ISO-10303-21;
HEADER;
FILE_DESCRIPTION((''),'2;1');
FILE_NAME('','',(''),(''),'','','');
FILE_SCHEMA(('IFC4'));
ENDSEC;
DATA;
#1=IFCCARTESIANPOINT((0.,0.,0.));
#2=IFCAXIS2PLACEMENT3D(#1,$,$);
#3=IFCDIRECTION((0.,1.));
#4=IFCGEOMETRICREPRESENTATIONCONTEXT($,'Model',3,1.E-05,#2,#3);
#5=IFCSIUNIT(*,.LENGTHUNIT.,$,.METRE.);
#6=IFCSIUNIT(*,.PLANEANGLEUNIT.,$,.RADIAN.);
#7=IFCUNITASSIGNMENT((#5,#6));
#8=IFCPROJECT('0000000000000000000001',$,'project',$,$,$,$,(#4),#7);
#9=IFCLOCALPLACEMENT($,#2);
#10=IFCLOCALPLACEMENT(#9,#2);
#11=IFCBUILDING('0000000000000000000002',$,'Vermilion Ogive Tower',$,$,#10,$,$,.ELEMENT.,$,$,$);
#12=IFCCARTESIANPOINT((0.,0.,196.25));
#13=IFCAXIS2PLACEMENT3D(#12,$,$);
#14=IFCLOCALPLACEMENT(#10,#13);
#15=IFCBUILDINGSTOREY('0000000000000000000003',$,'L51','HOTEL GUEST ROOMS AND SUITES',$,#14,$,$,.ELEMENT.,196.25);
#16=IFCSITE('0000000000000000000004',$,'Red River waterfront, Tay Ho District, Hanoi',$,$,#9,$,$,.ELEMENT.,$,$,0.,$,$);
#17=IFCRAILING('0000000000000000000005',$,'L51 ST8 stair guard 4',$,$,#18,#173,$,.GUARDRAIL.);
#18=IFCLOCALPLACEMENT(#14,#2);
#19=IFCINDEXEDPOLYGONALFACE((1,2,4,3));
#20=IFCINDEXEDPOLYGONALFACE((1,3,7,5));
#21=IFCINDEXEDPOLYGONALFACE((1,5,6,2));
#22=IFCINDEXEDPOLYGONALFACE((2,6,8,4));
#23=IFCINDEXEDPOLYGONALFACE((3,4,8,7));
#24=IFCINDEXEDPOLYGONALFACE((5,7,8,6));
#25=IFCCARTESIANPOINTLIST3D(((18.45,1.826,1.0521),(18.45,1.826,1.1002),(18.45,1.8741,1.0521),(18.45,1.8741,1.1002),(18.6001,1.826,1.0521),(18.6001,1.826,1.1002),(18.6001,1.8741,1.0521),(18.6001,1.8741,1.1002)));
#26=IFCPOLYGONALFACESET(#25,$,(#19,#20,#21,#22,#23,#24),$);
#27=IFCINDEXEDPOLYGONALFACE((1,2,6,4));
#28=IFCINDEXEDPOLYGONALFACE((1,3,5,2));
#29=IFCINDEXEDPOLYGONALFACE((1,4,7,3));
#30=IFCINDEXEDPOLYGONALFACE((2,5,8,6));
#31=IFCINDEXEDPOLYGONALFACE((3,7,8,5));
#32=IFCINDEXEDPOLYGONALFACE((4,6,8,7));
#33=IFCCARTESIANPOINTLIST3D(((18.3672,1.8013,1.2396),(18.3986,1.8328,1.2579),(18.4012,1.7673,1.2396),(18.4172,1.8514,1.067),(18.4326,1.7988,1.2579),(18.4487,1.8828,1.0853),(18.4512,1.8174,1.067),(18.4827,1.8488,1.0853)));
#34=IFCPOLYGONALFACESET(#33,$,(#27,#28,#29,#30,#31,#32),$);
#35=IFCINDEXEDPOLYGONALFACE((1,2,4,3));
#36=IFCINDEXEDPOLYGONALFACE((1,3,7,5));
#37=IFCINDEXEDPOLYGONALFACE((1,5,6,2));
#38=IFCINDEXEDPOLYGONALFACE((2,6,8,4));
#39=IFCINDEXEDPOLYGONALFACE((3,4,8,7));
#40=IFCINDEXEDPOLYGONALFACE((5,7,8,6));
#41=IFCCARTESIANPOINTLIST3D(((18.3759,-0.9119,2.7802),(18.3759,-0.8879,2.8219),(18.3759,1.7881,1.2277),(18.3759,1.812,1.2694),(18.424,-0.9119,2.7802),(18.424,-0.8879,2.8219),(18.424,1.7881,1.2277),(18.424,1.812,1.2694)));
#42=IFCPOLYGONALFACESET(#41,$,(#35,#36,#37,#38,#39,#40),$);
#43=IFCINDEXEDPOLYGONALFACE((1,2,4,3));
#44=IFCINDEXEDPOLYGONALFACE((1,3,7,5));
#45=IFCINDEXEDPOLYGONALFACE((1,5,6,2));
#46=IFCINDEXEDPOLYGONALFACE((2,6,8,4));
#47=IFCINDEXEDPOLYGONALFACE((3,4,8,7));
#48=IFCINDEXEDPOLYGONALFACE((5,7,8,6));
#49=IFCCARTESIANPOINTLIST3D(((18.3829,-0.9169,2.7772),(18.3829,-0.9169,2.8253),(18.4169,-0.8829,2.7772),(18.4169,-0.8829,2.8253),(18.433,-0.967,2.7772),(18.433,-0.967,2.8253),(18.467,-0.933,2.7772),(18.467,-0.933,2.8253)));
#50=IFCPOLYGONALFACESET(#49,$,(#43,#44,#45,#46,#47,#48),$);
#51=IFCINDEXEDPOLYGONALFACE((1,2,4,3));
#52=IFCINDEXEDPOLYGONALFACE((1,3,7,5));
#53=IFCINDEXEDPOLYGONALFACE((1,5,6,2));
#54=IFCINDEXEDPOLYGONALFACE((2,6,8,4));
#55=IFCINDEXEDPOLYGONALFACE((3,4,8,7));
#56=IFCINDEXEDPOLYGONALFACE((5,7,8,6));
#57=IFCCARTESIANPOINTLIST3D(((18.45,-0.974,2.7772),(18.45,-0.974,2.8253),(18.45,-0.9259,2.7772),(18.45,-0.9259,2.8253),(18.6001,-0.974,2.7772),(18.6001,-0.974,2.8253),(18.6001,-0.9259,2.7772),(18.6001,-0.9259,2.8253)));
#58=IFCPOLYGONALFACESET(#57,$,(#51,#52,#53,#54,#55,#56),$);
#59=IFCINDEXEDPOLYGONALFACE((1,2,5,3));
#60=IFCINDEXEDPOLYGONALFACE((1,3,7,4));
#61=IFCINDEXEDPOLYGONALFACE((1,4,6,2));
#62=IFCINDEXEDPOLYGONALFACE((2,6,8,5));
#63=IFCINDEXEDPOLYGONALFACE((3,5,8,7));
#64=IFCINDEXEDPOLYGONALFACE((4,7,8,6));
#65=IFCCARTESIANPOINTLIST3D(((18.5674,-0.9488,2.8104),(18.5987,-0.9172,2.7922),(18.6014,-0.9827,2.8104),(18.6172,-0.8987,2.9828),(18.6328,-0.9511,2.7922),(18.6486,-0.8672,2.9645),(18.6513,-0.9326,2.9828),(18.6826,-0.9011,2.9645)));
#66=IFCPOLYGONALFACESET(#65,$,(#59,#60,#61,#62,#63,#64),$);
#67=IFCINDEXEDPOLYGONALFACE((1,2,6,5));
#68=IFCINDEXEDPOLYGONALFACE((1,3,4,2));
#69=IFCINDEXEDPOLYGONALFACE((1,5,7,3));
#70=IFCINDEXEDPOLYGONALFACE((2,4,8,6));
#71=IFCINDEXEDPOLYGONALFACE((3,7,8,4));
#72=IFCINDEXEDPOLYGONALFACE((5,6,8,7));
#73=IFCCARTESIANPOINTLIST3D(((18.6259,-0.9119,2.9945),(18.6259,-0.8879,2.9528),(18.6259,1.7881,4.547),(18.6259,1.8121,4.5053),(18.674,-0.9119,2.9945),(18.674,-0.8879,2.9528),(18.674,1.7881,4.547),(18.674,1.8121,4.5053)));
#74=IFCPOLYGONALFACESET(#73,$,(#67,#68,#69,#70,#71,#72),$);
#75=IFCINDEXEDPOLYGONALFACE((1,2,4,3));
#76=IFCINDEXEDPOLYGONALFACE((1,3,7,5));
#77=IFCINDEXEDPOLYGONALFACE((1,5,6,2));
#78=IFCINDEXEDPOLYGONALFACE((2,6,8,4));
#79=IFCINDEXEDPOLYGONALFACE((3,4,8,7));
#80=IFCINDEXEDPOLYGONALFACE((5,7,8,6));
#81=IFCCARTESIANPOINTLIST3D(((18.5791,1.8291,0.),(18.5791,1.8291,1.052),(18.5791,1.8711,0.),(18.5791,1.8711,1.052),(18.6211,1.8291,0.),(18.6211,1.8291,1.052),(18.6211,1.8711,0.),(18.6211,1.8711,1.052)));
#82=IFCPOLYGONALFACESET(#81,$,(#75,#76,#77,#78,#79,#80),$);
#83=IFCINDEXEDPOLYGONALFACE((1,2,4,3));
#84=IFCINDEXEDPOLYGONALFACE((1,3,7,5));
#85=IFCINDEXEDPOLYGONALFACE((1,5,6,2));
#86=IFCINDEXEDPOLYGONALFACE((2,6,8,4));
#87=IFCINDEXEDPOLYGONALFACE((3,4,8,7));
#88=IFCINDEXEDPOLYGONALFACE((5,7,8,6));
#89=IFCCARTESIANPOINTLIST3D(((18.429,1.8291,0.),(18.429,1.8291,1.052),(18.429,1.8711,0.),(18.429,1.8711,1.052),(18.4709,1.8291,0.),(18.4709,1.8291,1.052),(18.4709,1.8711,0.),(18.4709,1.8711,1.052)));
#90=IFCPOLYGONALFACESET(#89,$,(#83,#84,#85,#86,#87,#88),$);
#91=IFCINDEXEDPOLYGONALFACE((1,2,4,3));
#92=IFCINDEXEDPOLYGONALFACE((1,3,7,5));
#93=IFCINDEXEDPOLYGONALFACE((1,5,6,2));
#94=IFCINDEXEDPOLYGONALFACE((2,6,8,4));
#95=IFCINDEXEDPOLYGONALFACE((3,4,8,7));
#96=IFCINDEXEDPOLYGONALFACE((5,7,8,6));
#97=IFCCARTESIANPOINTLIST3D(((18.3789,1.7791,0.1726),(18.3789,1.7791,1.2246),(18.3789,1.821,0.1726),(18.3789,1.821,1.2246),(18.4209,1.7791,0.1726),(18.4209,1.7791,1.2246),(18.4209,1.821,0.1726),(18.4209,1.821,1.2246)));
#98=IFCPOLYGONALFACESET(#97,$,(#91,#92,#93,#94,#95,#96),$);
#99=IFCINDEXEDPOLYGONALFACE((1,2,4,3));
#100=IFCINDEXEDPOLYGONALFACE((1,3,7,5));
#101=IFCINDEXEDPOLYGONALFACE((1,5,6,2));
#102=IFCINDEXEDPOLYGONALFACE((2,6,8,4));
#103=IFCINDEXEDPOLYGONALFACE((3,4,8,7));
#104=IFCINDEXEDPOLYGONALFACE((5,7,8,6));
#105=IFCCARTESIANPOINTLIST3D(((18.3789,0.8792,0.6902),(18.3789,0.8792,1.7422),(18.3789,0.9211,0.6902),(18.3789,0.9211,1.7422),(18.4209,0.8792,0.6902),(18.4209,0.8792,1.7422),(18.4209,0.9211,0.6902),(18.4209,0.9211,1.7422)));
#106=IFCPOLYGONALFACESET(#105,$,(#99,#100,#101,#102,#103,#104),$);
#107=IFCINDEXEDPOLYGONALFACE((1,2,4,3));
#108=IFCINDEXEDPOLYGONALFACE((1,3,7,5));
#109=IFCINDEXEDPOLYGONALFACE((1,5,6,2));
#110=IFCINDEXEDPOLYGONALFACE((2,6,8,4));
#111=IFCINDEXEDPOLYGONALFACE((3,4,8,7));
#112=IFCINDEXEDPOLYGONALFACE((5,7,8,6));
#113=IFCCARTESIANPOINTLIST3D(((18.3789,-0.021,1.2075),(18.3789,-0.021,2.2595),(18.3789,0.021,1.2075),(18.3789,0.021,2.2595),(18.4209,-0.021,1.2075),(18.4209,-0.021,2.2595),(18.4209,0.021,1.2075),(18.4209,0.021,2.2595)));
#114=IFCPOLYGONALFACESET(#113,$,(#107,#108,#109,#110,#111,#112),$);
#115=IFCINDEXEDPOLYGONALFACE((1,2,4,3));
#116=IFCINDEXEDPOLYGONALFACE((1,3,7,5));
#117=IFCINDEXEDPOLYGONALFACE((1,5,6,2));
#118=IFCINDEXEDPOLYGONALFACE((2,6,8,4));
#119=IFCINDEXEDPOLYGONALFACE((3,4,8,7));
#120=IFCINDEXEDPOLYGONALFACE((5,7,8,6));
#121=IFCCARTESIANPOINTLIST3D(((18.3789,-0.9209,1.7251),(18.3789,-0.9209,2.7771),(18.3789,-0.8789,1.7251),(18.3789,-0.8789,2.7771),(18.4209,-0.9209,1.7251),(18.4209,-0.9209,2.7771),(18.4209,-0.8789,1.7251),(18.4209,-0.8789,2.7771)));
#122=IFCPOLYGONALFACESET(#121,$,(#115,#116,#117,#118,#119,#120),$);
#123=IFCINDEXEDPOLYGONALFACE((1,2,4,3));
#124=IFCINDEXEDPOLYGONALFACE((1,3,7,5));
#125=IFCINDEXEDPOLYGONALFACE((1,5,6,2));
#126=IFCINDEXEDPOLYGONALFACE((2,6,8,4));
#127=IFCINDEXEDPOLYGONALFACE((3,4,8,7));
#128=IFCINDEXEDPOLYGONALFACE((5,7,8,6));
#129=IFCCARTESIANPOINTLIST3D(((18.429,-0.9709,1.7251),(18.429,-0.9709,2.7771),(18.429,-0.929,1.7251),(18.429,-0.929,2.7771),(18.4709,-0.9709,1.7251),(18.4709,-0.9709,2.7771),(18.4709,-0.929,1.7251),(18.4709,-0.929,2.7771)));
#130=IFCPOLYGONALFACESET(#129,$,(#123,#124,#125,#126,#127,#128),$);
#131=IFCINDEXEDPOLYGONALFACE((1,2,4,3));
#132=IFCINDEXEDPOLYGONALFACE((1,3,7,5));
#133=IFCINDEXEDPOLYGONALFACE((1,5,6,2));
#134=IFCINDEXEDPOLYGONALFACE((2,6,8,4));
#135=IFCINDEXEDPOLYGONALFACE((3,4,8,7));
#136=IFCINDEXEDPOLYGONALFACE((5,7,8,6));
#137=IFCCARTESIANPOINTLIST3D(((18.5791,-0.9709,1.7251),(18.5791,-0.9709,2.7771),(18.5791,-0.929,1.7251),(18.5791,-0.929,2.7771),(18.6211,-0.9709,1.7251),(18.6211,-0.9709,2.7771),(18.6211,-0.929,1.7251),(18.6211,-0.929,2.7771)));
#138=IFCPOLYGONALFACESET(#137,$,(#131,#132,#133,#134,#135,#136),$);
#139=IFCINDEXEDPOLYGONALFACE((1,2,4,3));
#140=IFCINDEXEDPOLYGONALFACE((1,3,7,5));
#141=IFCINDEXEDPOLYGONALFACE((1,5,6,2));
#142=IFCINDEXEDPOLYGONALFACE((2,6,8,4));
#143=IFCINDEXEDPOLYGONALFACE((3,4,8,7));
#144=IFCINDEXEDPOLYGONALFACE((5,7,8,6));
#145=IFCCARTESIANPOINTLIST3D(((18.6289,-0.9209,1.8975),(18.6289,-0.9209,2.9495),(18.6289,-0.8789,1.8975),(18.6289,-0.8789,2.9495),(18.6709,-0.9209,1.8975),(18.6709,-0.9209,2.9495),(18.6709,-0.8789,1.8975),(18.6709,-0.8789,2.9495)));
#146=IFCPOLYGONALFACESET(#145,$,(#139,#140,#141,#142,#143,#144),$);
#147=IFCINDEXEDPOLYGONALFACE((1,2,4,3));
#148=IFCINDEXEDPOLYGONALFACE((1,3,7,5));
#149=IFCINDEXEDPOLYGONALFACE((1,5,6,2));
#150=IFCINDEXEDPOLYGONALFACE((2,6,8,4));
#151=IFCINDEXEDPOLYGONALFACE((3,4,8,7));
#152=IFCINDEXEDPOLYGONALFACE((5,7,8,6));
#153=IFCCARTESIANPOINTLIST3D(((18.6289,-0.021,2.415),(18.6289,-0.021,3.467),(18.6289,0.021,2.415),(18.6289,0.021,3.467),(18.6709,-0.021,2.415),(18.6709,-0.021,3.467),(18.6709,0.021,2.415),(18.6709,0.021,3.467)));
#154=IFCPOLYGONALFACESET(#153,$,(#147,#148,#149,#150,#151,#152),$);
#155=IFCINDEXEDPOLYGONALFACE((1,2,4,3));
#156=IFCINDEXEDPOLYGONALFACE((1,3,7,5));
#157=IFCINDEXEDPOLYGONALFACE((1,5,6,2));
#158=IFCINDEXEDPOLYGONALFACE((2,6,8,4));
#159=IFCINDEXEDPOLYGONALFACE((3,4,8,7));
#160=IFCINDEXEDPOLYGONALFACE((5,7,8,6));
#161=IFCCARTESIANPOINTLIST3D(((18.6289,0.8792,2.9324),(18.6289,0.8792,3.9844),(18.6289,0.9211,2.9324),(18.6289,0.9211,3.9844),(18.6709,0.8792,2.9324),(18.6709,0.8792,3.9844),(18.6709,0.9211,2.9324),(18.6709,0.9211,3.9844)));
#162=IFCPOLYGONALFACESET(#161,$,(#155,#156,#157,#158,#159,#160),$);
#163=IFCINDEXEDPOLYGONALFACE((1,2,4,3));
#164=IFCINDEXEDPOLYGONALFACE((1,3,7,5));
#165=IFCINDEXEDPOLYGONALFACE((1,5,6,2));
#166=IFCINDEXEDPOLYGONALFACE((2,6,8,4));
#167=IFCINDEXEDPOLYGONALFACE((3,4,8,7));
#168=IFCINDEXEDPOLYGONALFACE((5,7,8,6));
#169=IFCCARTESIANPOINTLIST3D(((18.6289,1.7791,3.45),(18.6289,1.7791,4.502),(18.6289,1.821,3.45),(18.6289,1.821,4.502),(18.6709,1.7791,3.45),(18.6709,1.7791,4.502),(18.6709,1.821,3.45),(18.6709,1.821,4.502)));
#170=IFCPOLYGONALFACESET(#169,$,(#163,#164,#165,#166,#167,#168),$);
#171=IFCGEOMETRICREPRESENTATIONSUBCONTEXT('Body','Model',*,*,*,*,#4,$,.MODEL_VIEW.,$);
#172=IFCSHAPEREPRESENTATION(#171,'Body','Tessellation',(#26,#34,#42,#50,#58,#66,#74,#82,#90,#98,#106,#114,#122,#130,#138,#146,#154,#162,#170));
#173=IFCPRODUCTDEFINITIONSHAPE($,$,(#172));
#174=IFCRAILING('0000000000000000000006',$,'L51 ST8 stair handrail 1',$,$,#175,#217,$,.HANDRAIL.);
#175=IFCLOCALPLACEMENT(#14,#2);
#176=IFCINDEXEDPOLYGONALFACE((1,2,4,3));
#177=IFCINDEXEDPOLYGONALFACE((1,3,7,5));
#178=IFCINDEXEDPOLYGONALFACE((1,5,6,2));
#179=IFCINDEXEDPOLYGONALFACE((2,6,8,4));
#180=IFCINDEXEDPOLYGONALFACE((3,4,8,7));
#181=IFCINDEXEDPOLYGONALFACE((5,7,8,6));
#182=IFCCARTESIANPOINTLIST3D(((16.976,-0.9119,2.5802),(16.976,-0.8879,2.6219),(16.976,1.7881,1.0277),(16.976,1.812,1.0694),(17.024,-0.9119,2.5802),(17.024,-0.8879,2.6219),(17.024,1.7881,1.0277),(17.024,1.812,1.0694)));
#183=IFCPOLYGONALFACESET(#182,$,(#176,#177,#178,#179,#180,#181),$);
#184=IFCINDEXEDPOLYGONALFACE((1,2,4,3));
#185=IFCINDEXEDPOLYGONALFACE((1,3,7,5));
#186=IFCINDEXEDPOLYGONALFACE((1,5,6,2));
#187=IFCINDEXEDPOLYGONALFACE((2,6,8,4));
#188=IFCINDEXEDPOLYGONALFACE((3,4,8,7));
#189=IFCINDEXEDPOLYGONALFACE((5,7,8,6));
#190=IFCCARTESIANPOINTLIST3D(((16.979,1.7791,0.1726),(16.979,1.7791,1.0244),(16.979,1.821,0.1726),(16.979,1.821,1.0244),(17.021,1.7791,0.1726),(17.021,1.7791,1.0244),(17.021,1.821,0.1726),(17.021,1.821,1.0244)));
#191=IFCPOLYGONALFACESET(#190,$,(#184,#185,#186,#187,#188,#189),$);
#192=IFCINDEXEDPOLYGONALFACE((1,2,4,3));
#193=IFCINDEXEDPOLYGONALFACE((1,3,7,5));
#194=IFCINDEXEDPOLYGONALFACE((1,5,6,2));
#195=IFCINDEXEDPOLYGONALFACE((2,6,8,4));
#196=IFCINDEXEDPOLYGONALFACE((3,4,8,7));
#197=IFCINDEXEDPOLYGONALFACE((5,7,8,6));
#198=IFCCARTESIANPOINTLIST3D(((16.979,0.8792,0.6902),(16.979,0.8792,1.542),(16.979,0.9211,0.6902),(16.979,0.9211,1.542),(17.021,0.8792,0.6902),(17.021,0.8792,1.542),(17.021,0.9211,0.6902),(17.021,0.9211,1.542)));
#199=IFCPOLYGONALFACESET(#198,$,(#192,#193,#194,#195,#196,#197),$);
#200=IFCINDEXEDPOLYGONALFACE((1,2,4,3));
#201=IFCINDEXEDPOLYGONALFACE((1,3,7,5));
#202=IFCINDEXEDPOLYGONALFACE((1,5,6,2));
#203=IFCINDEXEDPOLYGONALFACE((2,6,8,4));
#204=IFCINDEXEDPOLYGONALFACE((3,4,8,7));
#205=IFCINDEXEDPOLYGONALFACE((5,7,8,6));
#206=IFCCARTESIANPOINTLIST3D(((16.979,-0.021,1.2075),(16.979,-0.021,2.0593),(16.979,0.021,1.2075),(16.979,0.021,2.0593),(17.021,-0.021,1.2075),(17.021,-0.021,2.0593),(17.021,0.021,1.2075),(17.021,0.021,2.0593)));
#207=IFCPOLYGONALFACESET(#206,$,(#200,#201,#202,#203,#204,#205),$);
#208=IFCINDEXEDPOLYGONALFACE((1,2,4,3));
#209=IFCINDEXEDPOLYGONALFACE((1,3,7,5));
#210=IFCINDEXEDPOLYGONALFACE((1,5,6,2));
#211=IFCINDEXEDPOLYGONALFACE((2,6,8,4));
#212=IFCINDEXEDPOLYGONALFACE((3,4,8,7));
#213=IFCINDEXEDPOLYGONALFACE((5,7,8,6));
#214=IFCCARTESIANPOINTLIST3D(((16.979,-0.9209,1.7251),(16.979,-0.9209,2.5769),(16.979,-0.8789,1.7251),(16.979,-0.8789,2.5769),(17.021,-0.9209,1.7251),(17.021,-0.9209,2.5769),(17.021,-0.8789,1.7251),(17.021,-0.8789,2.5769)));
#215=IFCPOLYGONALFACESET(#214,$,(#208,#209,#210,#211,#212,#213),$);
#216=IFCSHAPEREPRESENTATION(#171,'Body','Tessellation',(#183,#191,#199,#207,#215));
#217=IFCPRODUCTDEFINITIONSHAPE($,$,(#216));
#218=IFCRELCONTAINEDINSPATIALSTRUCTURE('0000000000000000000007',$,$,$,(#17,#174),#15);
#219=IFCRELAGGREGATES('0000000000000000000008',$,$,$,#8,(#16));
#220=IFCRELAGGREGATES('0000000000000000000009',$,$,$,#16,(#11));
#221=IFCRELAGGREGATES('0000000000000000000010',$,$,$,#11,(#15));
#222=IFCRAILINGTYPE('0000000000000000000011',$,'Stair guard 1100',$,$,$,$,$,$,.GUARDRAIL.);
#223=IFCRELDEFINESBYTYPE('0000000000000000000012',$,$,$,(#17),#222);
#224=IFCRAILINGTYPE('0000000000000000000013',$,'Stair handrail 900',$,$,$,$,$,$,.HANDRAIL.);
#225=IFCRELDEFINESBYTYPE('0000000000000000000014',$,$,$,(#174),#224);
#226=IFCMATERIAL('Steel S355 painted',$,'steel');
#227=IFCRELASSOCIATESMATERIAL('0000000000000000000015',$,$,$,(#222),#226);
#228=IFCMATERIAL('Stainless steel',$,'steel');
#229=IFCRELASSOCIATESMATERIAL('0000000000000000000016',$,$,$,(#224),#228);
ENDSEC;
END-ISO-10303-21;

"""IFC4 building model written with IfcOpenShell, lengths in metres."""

from ifc_helpers import new_model, si_unit, direction, frame, origin, origin_2d, place, context, subcontext, project, spatial, rectangle, extrude, material, type_object, element, save


model = new_model("IFC4")

# Units and contexts
model_context = context("Model", 3, precision=1e-05, world=origin(), true_north=direction((0.0, 1.0)))
body_context = subcontext(model_context, "Body", "Model", "MODEL_VIEW")
ifc_project = project(units=[si_unit("LENGTHUNIT", "METRE"), si_unit("PLANEANGLEUNIT", "RADIAN")], contexts=[model_context])

# Site, building, storey
site_placement = place(None, origin())
site = spatial("IfcSite", under=ifc_project, at=site_placement, Name="Red River waterfront, Tay Ho District, Hanoi", CompositionType="ELEMENT", RefElevation=0.0)
building_placement = place(site_placement, origin())
building = spatial("IfcBuilding", under=site, at=building_placement, Name="Vermilion Ogive Tower", CompositionType="ELEMENT")
storey_placement = place(building_placement, frame((0.0, 0.0, 196.25)))
storey = spatial("IfcBuildingStorey", under=building, at=storey_placement, Name="L51", Description="HOTEL GUEST ROOMS AND SUITES", CompositionType="ELEMENT", Elevation=196.25)

# Railings
ifc_material_1 = material(Name="Steel S355 painted", Category="steel")
railing_type_1 = type_object("IfcRailingType", Name="Stair guard 1100", PredefinedType="GUARDRAIL", material=ifc_material_1)
railing_1_placement = place(storey_placement, frame((18.6001, 1.8501, 0.0)))
element("IfcRailing", 1, at=railing_1_placement, inside=storey, type_object=railing_type_1, Name="L51 ST8 stair guard 4", PredefinedType="GUARDRAIL", context=body_context, shape_type="SweptSolid", body=[
    extrude(rectangle(XDim=0.0481, YDim=0.0481, at=origin_2d()), frame((0.0, 0.0, 1.0762), z_axis=(-1.0, 0.0, 0.0), x_axis=(0.0, -1.0, 0.0)), (0.0, 0.0, 1.0), 0.1501),
    extrude(rectangle(XDim=0.0481, YDim=0.0481, at=origin_2d()), frame((-0.1501, 0.0, 1.0762), z_axis=(-0.268278, -0.268278, 0.925232), x_axis=(0.707107, -0.707107, 0.0)), (0.0, 0.0, 1.0), 0.1865),
    extrude(rectangle(XDim=0.0481, YDim=0.0481, at=origin_2d()), frame((-0.2002, -0.05, 1.2485), z_axis=(0.0, -0.866904, 0.498476), x_axis=(1.0, 0.0, 0.0)), (0.0, 0.0, 1.0), 3.1145),
    extrude(rectangle(XDim=0.0481, YDim=0.0481, at=origin_2d()), frame((-0.2002, -2.75, 2.8013), z_axis=(0.707107, -0.707107, 0.0), x_axis=(0.707107, 0.707107, 0.0)), (0.0, 0.0, 1.0), 0.0708),
    extrude(rectangle(XDim=0.0481, YDim=0.0481, at=origin_2d()), frame((-0.1501, -2.8, 2.8013), z_axis=(1.0, 0.0, 0.0), x_axis=(0.0, 1.0, 0.0)), (0.0, 0.0, 1.0), 0.1501),
    extrude(rectangle(XDim=0.0481, YDim=0.0481, at=origin_2d()), frame((0.0, -2.8, 2.8013), z_axis=(0.267387, 0.268698, 0.925368), x_axis=(-0.708834, 0.705376, 0.0)), (0.0, 0.0, 1.0), 0.1863),
    extrude(rectangle(XDim=0.0481, YDim=0.0481, at=origin_2d()), frame((0.0498, -2.75, 2.9736), z_axis=(0.0, 0.866904, 0.498476), x_axis=(-1.0, 0.0, 0.0)), (0.0, 0.0, 1.0), 3.1145),
    extrude(rectangle(XDim=0.042, YDim=0.042, at=origin_2d()), origin(), (0.0, 0.0, 1.0), 1.052),
    extrude(rectangle(XDim=0.042, YDim=0.042, at=origin_2d()), frame((-0.1501, 0.0, 0.0)), (0.0, 0.0, 1.0), 1.052),
    extrude(rectangle(XDim=0.042, YDim=0.042, at=origin_2d()), frame((-0.2002, -0.05, 0.1726)), (0.0, 0.0, 1.0), 1.052),
    extrude(rectangle(XDim=0.042, YDim=0.042, at=origin_2d()), frame((-0.2002, -0.95, 0.6902)), (0.0, 0.0, 1.0), 1.052),
    extrude(rectangle(XDim=0.042, YDim=0.042, at=origin_2d()), frame((-0.2002, -1.8501, 1.2075)), (0.0, 0.0, 1.0), 1.052),
    extrude(rectangle(XDim=0.042, YDim=0.042, at=origin_2d()), frame((-0.2002, -2.75, 1.7251)), (0.0, 0.0, 1.0), 1.052),
    extrude(rectangle(XDim=0.042, YDim=0.042, at=origin_2d()), frame((-0.1501, -2.8, 1.7251)), (0.0, 0.0, 1.0), 1.052),
    extrude(rectangle(XDim=0.042, YDim=0.042, at=origin_2d()), frame((0.0, -2.8, 1.7251)), (0.0, 0.0, 1.0), 1.052),
    extrude(rectangle(XDim=0.042, YDim=0.042, at=origin_2d()), frame((0.0498, -2.75, 1.8975)), (0.0, 0.0, 1.0), 1.052),
    extrude(rectangle(XDim=0.042, YDim=0.042, at=origin_2d()), frame((0.0498, -1.8501, 2.415)), (0.0, 0.0, 1.0), 1.052),
    extrude(rectangle(XDim=0.042, YDim=0.042, at=origin_2d()), frame((0.0498, -0.95, 2.9324)), (0.0, 0.0, 1.0), 1.052),
    extrude(rectangle(XDim=0.042, YDim=0.042, at=origin_2d()), frame((0.0498, -0.05, 3.45)), (0.0, 0.0, 1.0), 1.052),
])
ifc_material_2 = material(Name="Stainless steel", Category="steel")
railing_type_2 = type_object("IfcRailingType", Name="Stair handrail 900", PredefinedType="HANDRAIL", material=ifc_material_2)
railing_2_placement = place(storey_placement, frame((17.0, 1.8, 0.1726)))
element("IfcRailing", 2, at=railing_2_placement, inside=storey, type_object=railing_type_2, Name="L51 ST8 stair handrail 1", PredefinedType="HANDRAIL", context=body_context, shape_type="SweptSolid", body=[
    extrude(rectangle(XDim=0.0481, YDim=0.0481, at=origin_2d()), frame((0.0, 0.0, 0.876), z_axis=(0.0, -0.866904, 0.498476), x_axis=(1.0, 0.0, 0.0)), (0.0, 0.0, 1.0), 3.1145),
    extrude(rectangle(XDim=0.042, YDim=0.042, at=origin_2d()), origin(), (0.0, 0.0, 1.0), 0.8518),
    extrude(rectangle(XDim=0.042, YDim=0.042, at=origin_2d()), frame((0.0, -0.8999, 0.5176)), (0.0, 0.0, 1.0), 0.8518),
    extrude(rectangle(XDim=0.042, YDim=0.042, at=origin_2d()), frame((0.0, -1.8, 1.0349)), (0.0, 0.0, 1.0), 0.8518),
    extrude(rectangle(XDim=0.042, YDim=0.042, at=origin_2d()), frame((0.0, -2.7, 1.5525)), (0.0, 0.0, 1.0), 0.8518),
])

save(model, "model.ifc")
